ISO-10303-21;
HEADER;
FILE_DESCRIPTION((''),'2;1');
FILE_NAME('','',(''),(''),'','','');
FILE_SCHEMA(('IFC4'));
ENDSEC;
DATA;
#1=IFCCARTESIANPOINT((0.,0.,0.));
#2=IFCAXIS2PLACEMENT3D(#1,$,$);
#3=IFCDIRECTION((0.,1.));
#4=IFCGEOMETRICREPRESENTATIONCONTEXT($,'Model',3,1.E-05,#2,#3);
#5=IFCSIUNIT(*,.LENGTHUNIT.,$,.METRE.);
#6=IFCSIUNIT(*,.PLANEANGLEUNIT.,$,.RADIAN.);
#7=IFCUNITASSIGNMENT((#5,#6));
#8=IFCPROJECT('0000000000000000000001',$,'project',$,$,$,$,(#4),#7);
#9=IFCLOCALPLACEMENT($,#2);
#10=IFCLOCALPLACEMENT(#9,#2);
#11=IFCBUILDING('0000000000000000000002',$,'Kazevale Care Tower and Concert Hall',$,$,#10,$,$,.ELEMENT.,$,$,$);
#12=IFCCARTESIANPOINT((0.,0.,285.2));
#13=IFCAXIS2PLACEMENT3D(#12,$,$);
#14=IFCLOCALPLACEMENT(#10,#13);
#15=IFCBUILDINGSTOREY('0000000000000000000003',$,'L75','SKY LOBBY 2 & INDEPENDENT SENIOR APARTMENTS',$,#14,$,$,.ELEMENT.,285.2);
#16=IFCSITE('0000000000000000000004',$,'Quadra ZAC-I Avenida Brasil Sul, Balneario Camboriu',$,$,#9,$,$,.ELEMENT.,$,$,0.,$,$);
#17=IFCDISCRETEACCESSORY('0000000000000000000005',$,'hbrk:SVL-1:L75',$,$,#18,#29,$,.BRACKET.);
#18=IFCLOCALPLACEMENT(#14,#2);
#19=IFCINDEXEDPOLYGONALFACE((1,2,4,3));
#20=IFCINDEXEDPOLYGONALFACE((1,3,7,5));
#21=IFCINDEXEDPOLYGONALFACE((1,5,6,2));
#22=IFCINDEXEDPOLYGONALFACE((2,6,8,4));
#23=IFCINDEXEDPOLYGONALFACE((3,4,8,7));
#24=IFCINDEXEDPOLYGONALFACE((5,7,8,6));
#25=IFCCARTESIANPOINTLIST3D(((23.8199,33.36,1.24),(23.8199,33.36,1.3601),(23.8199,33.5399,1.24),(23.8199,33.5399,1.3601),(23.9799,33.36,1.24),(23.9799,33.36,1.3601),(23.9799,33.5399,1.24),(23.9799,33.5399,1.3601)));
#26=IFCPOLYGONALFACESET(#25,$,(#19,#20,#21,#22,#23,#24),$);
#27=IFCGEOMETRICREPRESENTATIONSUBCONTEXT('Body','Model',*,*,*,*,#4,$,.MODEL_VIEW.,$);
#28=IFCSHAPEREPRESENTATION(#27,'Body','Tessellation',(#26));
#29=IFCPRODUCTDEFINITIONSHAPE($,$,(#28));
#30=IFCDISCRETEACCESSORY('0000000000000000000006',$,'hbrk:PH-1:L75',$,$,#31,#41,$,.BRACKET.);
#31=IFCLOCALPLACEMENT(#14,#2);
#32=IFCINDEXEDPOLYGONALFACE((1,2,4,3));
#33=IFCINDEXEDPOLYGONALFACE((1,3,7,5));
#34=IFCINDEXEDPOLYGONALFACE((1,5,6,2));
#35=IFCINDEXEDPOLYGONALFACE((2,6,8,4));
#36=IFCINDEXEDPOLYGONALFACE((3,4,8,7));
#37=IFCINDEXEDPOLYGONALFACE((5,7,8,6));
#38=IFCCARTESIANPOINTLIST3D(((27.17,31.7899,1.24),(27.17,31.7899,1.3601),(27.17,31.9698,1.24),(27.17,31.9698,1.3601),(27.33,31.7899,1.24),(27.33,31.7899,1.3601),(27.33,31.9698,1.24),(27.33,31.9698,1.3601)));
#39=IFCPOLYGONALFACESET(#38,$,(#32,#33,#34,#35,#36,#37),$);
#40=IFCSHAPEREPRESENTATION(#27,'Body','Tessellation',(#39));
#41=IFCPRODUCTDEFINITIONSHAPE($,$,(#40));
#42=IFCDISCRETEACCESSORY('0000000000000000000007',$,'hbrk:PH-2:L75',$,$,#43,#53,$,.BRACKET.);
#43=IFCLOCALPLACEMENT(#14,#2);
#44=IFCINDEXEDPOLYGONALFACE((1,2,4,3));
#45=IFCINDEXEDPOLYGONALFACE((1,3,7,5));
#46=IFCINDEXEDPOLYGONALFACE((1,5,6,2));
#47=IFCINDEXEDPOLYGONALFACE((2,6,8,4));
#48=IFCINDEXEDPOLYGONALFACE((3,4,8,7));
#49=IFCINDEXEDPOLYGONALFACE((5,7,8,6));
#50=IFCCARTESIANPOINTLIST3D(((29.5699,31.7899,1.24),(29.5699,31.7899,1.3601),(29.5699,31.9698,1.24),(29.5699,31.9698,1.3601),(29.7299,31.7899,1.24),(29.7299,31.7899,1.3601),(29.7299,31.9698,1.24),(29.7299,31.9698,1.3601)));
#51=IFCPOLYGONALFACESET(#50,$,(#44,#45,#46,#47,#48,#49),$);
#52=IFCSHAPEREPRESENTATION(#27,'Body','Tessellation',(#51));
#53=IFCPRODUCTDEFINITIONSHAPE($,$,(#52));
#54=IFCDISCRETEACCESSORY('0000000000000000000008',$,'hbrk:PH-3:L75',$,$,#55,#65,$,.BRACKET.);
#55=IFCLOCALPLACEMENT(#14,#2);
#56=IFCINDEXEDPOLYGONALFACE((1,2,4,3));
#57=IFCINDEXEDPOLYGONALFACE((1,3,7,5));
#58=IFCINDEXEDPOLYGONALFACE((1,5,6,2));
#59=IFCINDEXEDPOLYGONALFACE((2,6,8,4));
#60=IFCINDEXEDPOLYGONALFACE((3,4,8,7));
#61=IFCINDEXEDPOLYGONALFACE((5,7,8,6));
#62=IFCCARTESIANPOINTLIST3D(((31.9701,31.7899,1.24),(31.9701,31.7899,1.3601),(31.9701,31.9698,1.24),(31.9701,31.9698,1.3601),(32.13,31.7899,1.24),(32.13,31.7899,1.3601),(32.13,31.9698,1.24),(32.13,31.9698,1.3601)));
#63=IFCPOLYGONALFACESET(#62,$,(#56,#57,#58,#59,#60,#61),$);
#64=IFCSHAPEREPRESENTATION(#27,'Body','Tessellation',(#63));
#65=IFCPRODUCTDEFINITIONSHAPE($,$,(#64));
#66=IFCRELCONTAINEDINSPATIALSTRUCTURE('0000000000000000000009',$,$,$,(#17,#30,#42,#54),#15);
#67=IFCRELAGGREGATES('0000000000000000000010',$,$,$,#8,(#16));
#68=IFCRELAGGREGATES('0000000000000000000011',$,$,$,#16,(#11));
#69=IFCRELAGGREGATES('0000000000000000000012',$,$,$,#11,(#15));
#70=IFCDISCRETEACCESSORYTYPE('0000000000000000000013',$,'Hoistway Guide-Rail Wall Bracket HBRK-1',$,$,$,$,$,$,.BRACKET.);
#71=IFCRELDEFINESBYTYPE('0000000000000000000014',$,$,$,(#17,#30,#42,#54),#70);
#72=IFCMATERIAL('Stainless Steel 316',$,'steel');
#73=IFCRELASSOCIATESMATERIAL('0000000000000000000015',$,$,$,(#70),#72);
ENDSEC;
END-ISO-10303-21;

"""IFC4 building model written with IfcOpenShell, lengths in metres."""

from ifc_helpers import new_model, si_unit, direction, frame, origin, origin_2d, place, context, subcontext, project, spatial, rectangle, extrude, material, type_object, element, save


model = new_model("IFC4")

# Units and contexts
model_context = context("Model", 3, precision=1e-05, world=origin(), true_north=direction((0.0, 1.0)))
body_context = subcontext(model_context, "Body", "Model", "MODEL_VIEW")
ifc_project = project(units=[si_unit("LENGTHUNIT", "METRE"), si_unit("PLANEANGLEUNIT", "RADIAN")], contexts=[model_context])

# Site, building, storey
site_placement = place(None, origin())
site = spatial("IfcSite", under=ifc_project, at=site_placement, Name="Quadra ZAC-I Avenida Brasil Sul, Balneario Camboriu", CompositionType="ELEMENT", RefElevation=0.0)
building_placement = place(site_placement, origin())
building = spatial("IfcBuilding", under=site, at=building_placement, Name="Kazevale Care Tower and Concert Hall", CompositionType="ELEMENT")
storey_placement = place(building_placement, frame((0.0, 0.0, 285.2)))
storey = spatial("IfcBuildingStorey", under=building, at=storey_placement, Name="L75", Description="SKY LOBBY 2 & INDEPENDENT SENIOR APARTMENTS", CompositionType="ELEMENT", Elevation=285.2)

# Shared definitions
ifc_material_1 = material(Name="Stainless Steel 316", Category="steel")

# Discrete accessories
discrete_accessory_type = type_object("IfcDiscreteAccessoryType", Name="Hoistway Guide-Rail Wall Bracket HBRK-1", PredefinedType="BRACKET", material=ifc_material_1)
for number, where, z_axis, x_axis, name in (
    (1, (23.8999, 33.45, 1.24), (0.0, 0.0, 1.0), (1.0, 0.0, 0.0), "hbrk:SVL-1:L75"),
    (2, (27.25, 31.8799, 1.24), (0.0, 0.0, 1.0), (1.0, 0.0, 0.0), "hbrk:PH-1:L75"),
    (3, (29.6499, 31.8799, 1.24), (0.0, 0.0, 1.0), (1.0, 0.0, 0.0), "hbrk:PH-2:L75"),
    (4, (32.05, 31.8799, 1.24), (0.0, 0.0, 1.0), (1.0, 0.0, 0.0), "hbrk:PH-3:L75"),
):
    element("IfcDiscreteAccessory", number, at=place(storey_placement, frame(where, z_axis=z_axis, x_axis=x_axis)), inside=storey, type_object=discrete_accessory_type, Name=name, PredefinedType="BRACKET", context=body_context, shape_type="SweptSolid", body=[
        extrude(rectangle(XDim=0.1599, YDim=0.1799, at=origin_2d()), origin(), (0.0, 0.0, 1.0), 0.1201),
    ])

save(model, "model.ifc")
